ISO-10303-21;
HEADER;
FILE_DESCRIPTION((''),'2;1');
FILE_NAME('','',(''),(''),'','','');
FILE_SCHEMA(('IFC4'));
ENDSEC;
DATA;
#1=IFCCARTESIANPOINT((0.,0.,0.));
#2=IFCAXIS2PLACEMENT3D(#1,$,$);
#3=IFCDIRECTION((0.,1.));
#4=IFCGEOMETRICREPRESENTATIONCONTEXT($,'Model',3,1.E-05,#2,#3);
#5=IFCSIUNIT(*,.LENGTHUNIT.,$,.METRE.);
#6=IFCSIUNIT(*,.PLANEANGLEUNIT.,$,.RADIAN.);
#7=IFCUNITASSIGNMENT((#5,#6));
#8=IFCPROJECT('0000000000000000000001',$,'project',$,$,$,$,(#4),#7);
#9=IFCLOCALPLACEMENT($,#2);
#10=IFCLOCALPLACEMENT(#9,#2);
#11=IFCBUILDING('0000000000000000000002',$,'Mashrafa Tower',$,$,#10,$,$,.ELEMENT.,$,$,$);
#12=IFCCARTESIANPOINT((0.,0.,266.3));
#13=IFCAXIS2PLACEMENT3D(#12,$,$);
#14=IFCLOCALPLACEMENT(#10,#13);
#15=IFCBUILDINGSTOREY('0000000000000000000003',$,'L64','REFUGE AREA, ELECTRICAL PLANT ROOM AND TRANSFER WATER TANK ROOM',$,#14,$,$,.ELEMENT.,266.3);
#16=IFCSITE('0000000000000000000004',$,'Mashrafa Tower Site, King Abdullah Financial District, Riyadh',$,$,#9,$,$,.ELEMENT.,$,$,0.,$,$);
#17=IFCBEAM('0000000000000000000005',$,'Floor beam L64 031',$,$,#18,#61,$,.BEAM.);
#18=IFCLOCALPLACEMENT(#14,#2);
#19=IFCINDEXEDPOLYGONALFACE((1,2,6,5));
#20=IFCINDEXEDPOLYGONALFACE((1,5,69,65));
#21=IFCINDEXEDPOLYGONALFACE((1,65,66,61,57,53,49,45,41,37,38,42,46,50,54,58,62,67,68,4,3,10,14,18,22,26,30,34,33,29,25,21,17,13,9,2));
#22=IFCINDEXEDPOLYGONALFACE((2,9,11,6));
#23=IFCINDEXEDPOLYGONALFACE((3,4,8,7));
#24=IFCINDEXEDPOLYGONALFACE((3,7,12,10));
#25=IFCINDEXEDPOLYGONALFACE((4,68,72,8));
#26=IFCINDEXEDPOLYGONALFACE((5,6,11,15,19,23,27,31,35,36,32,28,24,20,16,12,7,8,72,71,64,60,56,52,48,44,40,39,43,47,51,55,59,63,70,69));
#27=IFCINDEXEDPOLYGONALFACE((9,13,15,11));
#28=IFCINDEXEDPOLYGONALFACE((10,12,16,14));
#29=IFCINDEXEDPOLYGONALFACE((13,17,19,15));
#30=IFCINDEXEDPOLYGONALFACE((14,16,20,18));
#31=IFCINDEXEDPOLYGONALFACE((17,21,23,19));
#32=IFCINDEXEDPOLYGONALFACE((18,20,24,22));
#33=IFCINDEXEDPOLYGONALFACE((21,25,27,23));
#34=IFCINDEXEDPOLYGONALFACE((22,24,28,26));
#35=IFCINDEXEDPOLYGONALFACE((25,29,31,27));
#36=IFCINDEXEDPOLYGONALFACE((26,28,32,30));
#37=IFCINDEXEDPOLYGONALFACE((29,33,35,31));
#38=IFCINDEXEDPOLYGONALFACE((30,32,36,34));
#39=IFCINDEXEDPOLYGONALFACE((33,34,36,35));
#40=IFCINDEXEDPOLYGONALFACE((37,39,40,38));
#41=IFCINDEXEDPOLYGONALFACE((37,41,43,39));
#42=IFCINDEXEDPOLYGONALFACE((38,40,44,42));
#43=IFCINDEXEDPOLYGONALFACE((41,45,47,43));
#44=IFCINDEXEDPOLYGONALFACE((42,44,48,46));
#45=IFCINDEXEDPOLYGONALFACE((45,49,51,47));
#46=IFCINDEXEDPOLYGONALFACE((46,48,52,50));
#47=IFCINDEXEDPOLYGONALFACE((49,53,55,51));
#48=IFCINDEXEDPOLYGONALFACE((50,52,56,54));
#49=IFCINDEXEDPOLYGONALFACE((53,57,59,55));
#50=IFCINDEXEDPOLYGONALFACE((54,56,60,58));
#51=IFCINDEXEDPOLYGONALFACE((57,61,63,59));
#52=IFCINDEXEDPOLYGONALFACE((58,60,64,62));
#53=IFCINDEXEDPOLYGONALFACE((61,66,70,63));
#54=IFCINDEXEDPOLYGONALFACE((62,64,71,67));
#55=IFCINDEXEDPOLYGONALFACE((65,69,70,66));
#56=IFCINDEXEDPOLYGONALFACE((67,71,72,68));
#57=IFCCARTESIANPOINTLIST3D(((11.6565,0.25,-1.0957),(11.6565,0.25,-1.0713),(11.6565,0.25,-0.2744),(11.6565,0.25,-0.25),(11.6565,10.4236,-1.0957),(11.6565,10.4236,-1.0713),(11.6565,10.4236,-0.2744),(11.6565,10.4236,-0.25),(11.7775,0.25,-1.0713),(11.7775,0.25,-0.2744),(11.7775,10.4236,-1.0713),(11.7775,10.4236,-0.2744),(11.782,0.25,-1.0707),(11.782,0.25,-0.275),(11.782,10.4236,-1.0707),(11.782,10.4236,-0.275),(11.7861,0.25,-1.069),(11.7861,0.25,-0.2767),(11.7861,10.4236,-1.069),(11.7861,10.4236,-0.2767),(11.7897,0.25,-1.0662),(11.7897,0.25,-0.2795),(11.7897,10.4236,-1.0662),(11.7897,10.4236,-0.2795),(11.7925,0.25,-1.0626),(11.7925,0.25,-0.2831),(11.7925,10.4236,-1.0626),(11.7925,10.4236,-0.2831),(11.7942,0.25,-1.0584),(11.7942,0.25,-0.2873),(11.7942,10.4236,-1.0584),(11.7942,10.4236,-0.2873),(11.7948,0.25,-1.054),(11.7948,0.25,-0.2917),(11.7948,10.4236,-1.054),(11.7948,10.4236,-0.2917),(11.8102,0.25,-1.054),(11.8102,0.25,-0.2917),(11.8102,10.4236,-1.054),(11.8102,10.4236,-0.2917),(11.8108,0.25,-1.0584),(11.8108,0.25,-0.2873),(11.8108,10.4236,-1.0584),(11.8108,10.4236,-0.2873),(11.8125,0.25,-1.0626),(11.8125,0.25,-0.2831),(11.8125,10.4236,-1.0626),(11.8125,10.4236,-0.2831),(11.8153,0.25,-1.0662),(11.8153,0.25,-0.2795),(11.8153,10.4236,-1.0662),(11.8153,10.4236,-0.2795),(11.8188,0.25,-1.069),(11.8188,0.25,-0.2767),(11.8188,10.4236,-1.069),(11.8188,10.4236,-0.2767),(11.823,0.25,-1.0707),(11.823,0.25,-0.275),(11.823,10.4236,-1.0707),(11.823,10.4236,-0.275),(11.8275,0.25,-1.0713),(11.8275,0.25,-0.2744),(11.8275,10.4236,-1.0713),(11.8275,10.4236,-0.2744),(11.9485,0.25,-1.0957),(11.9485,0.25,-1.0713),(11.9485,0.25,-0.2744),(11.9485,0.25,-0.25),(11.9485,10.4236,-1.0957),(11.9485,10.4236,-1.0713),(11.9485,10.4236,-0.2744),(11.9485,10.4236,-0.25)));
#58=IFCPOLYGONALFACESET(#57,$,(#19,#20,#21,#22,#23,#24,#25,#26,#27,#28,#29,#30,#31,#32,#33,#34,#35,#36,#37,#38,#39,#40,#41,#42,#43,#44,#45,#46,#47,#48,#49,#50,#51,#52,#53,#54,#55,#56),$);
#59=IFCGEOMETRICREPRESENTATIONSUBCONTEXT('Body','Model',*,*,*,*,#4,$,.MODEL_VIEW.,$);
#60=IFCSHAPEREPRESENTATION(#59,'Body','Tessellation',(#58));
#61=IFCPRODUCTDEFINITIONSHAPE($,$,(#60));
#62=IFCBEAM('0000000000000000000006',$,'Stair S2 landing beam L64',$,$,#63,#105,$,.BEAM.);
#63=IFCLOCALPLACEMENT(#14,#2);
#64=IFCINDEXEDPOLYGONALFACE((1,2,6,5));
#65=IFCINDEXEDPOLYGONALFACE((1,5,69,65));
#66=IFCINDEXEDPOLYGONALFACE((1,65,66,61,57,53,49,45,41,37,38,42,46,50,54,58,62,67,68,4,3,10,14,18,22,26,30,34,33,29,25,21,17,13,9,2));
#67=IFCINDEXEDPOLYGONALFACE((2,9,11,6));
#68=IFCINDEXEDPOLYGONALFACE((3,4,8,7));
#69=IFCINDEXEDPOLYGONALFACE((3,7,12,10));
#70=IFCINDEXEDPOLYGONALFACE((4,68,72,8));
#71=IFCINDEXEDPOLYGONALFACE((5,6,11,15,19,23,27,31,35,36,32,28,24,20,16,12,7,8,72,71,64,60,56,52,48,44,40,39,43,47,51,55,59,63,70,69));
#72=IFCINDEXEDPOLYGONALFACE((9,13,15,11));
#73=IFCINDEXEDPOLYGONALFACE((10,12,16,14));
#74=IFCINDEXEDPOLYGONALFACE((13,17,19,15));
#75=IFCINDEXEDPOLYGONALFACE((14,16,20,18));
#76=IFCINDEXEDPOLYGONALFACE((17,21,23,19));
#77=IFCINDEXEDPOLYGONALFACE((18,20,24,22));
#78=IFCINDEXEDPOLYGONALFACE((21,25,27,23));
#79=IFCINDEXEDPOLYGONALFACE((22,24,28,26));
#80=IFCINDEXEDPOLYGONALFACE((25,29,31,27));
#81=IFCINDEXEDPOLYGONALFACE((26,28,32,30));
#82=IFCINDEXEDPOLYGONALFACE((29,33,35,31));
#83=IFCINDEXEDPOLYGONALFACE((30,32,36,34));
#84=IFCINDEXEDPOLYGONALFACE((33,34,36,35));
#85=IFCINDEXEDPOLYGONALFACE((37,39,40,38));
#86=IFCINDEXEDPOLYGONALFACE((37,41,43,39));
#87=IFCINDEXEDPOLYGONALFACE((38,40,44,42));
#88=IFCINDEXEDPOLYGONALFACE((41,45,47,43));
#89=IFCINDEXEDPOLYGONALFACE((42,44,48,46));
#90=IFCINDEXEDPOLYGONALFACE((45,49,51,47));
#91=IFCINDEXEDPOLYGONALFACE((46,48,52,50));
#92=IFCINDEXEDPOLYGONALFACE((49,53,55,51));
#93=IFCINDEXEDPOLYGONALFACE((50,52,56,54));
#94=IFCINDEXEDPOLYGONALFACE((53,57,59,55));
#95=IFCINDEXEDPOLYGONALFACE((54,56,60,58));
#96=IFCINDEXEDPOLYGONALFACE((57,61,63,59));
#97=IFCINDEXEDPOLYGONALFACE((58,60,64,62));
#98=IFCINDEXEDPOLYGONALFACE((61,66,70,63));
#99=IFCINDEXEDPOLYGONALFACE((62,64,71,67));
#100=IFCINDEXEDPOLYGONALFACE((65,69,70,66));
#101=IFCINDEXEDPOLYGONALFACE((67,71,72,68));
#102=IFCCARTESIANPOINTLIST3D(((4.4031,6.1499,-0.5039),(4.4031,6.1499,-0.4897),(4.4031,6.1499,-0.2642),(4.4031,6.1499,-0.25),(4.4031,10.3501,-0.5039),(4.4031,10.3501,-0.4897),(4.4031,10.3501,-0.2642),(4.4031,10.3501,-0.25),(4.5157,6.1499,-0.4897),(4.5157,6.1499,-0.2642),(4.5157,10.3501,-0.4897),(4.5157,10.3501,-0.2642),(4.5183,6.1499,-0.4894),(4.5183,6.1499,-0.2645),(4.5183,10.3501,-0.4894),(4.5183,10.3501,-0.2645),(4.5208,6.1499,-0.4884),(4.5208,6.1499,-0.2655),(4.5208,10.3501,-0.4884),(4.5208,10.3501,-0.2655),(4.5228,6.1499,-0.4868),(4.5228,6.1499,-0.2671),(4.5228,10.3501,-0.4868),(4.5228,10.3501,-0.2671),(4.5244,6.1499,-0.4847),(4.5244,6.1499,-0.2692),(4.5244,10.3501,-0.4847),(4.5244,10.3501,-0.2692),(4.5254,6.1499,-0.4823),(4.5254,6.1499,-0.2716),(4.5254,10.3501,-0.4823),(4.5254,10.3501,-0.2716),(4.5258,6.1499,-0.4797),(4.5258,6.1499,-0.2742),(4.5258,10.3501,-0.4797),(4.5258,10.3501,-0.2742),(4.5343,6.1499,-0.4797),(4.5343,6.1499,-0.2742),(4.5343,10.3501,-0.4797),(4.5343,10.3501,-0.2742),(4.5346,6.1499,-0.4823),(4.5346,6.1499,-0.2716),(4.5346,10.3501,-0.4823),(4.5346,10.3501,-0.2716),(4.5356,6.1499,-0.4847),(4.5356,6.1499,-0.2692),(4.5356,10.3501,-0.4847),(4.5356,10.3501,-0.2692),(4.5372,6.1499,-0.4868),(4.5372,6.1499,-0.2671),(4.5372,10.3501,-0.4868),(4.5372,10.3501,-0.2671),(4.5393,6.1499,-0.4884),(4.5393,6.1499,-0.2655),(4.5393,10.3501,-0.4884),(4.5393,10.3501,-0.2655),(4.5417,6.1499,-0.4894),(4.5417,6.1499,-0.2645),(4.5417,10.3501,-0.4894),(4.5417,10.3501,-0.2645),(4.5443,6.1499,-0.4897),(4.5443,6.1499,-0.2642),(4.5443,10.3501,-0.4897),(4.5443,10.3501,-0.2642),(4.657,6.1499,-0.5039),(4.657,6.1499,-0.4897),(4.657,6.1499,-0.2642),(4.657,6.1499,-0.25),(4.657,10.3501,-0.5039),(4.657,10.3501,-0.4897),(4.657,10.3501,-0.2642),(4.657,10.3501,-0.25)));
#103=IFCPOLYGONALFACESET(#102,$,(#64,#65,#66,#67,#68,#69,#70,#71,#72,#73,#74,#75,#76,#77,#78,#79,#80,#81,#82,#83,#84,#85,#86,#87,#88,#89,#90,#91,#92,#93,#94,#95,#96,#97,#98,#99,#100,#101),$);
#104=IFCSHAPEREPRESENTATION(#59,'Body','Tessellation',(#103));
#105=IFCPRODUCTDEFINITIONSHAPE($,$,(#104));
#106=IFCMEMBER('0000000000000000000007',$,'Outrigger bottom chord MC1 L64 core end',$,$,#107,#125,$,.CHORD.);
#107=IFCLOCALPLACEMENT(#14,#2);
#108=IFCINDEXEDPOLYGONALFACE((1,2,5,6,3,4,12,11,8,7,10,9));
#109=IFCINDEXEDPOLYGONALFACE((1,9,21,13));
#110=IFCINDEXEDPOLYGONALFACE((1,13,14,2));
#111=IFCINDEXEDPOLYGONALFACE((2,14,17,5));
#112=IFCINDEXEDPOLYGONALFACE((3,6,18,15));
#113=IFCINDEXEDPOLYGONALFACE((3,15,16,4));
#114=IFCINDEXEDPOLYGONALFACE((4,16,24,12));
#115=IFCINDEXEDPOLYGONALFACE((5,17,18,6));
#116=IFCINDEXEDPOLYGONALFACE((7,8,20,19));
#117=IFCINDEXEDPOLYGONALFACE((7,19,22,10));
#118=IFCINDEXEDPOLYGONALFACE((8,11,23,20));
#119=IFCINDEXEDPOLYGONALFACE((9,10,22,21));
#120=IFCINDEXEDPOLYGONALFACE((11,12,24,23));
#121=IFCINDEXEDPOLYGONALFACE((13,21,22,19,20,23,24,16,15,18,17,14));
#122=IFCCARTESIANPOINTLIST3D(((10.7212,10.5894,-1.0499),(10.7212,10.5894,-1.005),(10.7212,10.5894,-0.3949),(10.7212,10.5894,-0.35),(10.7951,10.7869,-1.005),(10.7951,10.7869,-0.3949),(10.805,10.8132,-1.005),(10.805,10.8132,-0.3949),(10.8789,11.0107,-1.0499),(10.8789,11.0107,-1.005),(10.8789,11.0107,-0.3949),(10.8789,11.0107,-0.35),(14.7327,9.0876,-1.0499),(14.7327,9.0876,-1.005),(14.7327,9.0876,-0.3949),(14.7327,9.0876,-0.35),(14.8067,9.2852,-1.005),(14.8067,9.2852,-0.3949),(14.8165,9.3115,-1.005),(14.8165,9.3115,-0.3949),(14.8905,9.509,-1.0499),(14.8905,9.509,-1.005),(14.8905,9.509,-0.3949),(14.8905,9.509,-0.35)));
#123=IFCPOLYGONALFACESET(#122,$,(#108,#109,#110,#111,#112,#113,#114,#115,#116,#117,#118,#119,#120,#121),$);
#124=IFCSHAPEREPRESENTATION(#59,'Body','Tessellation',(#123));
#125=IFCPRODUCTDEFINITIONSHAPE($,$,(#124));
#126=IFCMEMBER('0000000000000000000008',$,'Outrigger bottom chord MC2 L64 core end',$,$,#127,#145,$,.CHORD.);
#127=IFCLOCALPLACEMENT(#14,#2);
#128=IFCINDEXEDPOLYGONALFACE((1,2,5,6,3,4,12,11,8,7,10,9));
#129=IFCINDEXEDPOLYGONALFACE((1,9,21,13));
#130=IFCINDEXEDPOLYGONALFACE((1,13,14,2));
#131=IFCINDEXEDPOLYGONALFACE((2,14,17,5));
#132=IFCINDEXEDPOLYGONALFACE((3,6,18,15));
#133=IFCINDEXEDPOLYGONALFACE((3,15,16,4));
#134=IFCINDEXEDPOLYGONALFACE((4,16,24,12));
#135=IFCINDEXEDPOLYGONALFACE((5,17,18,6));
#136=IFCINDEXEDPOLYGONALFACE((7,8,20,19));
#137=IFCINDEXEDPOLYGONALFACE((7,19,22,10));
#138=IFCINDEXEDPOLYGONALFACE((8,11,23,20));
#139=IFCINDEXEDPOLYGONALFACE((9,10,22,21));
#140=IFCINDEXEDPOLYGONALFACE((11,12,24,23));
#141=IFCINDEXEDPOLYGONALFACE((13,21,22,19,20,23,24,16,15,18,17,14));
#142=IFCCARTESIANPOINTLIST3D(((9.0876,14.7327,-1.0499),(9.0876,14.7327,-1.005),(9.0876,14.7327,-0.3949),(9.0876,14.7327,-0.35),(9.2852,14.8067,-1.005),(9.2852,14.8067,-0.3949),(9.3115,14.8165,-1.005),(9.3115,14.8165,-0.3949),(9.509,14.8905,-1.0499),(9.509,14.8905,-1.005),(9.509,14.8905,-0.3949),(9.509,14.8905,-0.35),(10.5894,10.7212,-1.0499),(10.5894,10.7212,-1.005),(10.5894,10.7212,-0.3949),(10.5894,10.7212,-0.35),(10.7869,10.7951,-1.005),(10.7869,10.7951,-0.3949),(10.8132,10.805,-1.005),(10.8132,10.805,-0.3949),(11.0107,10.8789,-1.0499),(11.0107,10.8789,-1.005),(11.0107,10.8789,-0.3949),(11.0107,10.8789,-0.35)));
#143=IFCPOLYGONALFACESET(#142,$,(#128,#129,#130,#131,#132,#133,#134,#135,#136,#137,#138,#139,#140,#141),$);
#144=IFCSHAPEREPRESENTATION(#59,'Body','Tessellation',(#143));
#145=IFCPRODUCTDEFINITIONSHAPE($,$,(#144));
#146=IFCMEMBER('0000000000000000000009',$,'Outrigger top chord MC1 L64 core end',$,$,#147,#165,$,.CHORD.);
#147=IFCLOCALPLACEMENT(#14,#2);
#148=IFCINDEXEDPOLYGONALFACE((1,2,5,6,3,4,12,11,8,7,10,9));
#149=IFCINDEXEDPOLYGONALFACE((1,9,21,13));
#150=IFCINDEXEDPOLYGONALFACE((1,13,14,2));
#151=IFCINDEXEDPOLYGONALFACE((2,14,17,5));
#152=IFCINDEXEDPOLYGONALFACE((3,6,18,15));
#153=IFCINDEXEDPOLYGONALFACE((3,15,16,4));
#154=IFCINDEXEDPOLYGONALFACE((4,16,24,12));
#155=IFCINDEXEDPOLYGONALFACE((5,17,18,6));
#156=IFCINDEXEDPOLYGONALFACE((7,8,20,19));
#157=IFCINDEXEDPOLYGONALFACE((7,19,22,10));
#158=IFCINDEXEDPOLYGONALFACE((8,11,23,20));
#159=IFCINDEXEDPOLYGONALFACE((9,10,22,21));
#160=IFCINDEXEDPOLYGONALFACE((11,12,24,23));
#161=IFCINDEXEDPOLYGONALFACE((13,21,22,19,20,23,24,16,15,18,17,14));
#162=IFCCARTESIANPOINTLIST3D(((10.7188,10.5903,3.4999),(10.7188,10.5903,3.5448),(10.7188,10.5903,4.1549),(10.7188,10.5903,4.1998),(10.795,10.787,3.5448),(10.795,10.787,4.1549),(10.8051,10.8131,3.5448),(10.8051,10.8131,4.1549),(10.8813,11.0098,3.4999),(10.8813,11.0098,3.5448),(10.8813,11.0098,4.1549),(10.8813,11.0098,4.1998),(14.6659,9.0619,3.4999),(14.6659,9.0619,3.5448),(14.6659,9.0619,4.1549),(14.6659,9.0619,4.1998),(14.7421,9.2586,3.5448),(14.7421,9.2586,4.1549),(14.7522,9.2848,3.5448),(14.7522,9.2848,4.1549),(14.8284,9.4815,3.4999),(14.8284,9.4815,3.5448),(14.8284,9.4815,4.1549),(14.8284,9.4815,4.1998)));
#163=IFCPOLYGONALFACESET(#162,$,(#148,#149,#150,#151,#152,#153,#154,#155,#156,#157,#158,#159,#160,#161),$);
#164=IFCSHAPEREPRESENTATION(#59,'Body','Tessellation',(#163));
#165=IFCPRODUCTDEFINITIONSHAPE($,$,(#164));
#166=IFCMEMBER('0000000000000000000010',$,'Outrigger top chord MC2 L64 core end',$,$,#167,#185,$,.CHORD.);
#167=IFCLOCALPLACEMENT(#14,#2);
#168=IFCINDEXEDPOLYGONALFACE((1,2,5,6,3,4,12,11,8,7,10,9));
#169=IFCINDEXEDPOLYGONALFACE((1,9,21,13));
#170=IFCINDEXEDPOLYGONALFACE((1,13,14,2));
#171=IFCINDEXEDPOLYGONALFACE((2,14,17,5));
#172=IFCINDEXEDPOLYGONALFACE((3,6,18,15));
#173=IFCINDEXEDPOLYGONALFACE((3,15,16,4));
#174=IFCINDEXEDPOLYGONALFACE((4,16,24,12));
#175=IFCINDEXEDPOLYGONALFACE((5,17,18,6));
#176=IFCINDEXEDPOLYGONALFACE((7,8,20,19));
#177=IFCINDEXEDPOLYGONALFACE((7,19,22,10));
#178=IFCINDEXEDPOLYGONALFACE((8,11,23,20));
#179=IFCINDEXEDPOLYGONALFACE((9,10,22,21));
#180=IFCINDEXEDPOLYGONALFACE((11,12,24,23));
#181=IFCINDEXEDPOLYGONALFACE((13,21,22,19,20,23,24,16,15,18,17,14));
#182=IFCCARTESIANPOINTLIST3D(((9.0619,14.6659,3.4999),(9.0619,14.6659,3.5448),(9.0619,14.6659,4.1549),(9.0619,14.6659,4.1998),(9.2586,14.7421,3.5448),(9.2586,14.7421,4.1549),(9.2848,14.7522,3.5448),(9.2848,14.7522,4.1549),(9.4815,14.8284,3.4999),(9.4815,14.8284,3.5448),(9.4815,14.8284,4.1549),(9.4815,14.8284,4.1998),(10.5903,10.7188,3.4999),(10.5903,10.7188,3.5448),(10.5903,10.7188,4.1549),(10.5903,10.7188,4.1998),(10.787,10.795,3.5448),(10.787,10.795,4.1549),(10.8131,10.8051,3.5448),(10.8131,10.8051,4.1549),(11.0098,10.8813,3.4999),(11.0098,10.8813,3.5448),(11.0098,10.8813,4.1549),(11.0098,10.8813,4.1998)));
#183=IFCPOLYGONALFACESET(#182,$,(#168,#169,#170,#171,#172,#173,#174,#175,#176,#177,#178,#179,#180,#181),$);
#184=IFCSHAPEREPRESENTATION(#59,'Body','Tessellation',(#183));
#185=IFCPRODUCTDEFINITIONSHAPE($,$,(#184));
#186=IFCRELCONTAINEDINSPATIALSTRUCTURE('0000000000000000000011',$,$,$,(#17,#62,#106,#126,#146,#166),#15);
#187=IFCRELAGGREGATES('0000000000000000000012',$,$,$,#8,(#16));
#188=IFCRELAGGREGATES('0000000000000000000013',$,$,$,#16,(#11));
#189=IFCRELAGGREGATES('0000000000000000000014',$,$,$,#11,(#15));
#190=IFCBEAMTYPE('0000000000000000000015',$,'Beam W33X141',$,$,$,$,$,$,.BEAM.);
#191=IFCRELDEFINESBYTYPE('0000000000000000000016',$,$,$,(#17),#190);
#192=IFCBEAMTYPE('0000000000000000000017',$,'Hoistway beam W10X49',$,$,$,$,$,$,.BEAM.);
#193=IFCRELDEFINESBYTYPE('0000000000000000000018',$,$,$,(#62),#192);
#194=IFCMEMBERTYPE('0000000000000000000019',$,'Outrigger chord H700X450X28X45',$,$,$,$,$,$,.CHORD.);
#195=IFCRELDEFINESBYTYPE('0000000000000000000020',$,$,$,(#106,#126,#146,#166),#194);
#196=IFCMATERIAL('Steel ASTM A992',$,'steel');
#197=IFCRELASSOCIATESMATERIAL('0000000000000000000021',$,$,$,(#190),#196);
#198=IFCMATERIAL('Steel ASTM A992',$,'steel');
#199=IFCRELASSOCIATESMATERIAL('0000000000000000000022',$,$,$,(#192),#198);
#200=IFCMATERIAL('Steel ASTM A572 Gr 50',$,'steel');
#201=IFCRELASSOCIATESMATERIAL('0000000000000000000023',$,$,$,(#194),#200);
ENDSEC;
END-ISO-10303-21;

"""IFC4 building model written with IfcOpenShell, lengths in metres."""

from ifc_helpers import new_model, si_unit, direction, frame, origin, origin_2d, place, context, subcontext, project, spatial, i_section, extrude, source, transform, mapped, material, material_profile, profile_set, type_object, type_shapes, element, save


model = new_model("IFC4")

# Units and contexts
model_context = context("Model", 3, precision=1e-05, world=origin(), true_north=direction((0.0, 1.0)))
body_context = subcontext(model_context, "Body", "Model", "MODEL_VIEW")
ifc_project = project(units=[si_unit("LENGTHUNIT", "METRE"), si_unit("PLANEANGLEUNIT", "RADIAN")], contexts=[model_context])

# Site, building, storey
site_placement = place(None, origin())
site = spatial("IfcSite", under=ifc_project, at=site_placement, Name="Mashrafa Tower Site, King Abdullah Financial District, Riyadh", CompositionType="ELEMENT", RefElevation=0.0)
building_placement = place(site_placement, origin())
building = spatial("IfcBuilding", under=site, at=building_placement, Name="Mashrafa Tower", CompositionType="ELEMENT")
storey_placement = place(building_placement, frame((0.0, 0.0, 266.3)))
storey = spatial("IfcBuildingStorey", under=building, at=storey_placement, Name="L64", Description="REFUGE AREA, ELECTRICAL PLANT ROOM AND TRANSFER WATER TANK ROOM", CompositionType="ELEMENT", Elevation=266.3)

# Beams
ifc_material_1 = material(Name="Steel ASTM A992", Category="steel")
ifc_material_profile_1 = material_profile(ifc_material_1, i_section(OverallWidth=0.292, OverallDepth=0.8457, WebThickness=0.0154, FlangeThickness=0.0244, FilletRadius=0.0173, at=origin_2d()), Name="W33X141")
ifc_profile_set_1 = profile_set([ifc_material_profile_1], Name="Steel ASTM A992")
beam_type_1 = type_object("IfcBeamType", Name="Beam W33X141", PredefinedType="BEAM", material=ifc_profile_set_1)
beam_1_placement = place(storey_placement, frame((11.8025, 10.4236, -0.6729), z_axis=(0.0, -1.0, 0.0), x_axis=(1.0, 0.0, 0.0)))
element("IfcBeam", 1, at=beam_1_placement, inside=storey, type_object=beam_type_1, Name="Floor beam L64 031", PredefinedType="BEAM", context=body_context, shape_type="SweptSolid", body=[
    extrude(i_section(OverallWidth=0.292, OverallDepth=0.8457, WebThickness=0.0154, FlangeThickness=0.0244, FilletRadius=0.0173, at=origin_2d()), origin(), (0.0, 0.0, 1.0), 10.1736),
])
ifc_material_2 = material(Name="Steel ASTM A992", Category="steel")
ifc_material_profile_2 = material_profile(ifc_material_2, i_section(OverallWidth=0.2539, OverallDepth=0.2539, WebThickness=0.0085, FlangeThickness=0.0142, FilletRadius=0.01, at=origin_2d()), Name="W10X49")
ifc_profile_set_2 = profile_set([ifc_material_profile_2], Name="Steel ASTM A992")
beam_type_2 = type_object("IfcBeamType", Name="Hoistway beam W10X49", PredefinedType="BEAM", material=ifc_profile_set_2)
beam_2_placement = place(storey_placement, frame((4.53, 6.1499, -0.377), z_axis=(0.0, 1.0, 0.0), x_axis=(-1.0, 0.0, 0.0)))
element("IfcBeam", 2, at=beam_2_placement, inside=storey, type_object=beam_type_2, Name="Stair S2 landing beam L64", PredefinedType="BEAM", context=body_context, shape_type="SweptSolid", body=[
    extrude(i_section(OverallWidth=0.2539, OverallDepth=0.2539, WebThickness=0.0085, FlangeThickness=0.0142, FilletRadius=0.01, at=origin_2d()), origin(), (0.0, 0.0, 1.0), 4.2002),
])

# Members
ifc_material_3 = material(Name="Steel ASTM A572 Gr 50", Category="steel")
ifc_material_profile_3 = material_profile(ifc_material_3, i_section(OverallWidth=0.45, OverallDepth=0.7, WebThickness=0.0281, FlangeThickness=0.0449, at=origin_2d()), Name="H700X450X28X45")
ifc_profile_set_3 = profile_set([ifc_material_profile_3], Name="Steel ASTM A572 Gr 50")
member_type = type_object("IfcMemberType", Name="Outrigger chord H700X450X28X45", PredefinedType="CHORD", material=ifc_profile_set_3)
shared_shape_1 = source(origin(), body_context, "Body", "SweptSolid", [
    extrude(i_section(OverallWidth=0.45, OverallDepth=0.7, WebThickness=0.0281, FlangeThickness=0.0449, at=origin_2d()), origin(), (0.0, 0.0, 1.0), 4.2834),
])
for number, where, z_axis, x_axis, name in (
    (3, (10.8, 10.8, -0.7), (0.936528, -0.350592, 0.0), (0.350592, 0.936528, 0.0), "Outrigger bottom chord MC1 L64 core end"),
    (4, (10.8, 10.8, -0.7), (-0.350592, 0.936528, 0.0), (-0.936528, -0.350592, 0.0), "Outrigger bottom chord MC2 L64 core end"),
):
    element("IfcMember", number, at=place(storey_placement, frame(where, z_axis=z_axis, x_axis=x_axis)), inside=storey, type_object=member_type, Name=name, PredefinedType="CHORD", context=body_context, shape_type="MappedRepresentation", body=[
        mapped(shared_shape_1, transform((0.0, 0.0, 0.0))),
    ])
shared_shape_2 = source(origin(), body_context, "Body", "SweptSolid", [
    extrude(i_section(OverallWidth=0.45, OverallDepth=0.7, WebThickness=0.0281, FlangeThickness=0.0449, at=origin_2d()), origin(), (0.0, 0.0, 1.0), 4.2327),
])
type_shapes(member_type, [shared_shape_1, shared_shape_2])
for number, where, z_axis, x_axis, name in (
    (5, (10.8, 10.8, 3.8499), (0.932533, -0.361085, 0.0), (0.361085, 0.932533, 0.0), "Outrigger top chord MC1 L64 core end"),
    (6, (10.8, 10.8, 3.8499), (-0.361085, 0.932533, 0.0), (-0.932533, -0.361085, 0.0), "Outrigger top chord MC2 L64 core end"),
):
    element("IfcMember", number, at=place(storey_placement, frame(where, z_axis=z_axis, x_axis=x_axis)), inside=storey, type_object=member_type, Name=name, PredefinedType="CHORD", context=body_context, shape_type="MappedRepresentation", body=[
        mapped(shared_shape_2, transform((0.0, 0.0, 0.0))),
    ])

save(model, "model.ifc")
